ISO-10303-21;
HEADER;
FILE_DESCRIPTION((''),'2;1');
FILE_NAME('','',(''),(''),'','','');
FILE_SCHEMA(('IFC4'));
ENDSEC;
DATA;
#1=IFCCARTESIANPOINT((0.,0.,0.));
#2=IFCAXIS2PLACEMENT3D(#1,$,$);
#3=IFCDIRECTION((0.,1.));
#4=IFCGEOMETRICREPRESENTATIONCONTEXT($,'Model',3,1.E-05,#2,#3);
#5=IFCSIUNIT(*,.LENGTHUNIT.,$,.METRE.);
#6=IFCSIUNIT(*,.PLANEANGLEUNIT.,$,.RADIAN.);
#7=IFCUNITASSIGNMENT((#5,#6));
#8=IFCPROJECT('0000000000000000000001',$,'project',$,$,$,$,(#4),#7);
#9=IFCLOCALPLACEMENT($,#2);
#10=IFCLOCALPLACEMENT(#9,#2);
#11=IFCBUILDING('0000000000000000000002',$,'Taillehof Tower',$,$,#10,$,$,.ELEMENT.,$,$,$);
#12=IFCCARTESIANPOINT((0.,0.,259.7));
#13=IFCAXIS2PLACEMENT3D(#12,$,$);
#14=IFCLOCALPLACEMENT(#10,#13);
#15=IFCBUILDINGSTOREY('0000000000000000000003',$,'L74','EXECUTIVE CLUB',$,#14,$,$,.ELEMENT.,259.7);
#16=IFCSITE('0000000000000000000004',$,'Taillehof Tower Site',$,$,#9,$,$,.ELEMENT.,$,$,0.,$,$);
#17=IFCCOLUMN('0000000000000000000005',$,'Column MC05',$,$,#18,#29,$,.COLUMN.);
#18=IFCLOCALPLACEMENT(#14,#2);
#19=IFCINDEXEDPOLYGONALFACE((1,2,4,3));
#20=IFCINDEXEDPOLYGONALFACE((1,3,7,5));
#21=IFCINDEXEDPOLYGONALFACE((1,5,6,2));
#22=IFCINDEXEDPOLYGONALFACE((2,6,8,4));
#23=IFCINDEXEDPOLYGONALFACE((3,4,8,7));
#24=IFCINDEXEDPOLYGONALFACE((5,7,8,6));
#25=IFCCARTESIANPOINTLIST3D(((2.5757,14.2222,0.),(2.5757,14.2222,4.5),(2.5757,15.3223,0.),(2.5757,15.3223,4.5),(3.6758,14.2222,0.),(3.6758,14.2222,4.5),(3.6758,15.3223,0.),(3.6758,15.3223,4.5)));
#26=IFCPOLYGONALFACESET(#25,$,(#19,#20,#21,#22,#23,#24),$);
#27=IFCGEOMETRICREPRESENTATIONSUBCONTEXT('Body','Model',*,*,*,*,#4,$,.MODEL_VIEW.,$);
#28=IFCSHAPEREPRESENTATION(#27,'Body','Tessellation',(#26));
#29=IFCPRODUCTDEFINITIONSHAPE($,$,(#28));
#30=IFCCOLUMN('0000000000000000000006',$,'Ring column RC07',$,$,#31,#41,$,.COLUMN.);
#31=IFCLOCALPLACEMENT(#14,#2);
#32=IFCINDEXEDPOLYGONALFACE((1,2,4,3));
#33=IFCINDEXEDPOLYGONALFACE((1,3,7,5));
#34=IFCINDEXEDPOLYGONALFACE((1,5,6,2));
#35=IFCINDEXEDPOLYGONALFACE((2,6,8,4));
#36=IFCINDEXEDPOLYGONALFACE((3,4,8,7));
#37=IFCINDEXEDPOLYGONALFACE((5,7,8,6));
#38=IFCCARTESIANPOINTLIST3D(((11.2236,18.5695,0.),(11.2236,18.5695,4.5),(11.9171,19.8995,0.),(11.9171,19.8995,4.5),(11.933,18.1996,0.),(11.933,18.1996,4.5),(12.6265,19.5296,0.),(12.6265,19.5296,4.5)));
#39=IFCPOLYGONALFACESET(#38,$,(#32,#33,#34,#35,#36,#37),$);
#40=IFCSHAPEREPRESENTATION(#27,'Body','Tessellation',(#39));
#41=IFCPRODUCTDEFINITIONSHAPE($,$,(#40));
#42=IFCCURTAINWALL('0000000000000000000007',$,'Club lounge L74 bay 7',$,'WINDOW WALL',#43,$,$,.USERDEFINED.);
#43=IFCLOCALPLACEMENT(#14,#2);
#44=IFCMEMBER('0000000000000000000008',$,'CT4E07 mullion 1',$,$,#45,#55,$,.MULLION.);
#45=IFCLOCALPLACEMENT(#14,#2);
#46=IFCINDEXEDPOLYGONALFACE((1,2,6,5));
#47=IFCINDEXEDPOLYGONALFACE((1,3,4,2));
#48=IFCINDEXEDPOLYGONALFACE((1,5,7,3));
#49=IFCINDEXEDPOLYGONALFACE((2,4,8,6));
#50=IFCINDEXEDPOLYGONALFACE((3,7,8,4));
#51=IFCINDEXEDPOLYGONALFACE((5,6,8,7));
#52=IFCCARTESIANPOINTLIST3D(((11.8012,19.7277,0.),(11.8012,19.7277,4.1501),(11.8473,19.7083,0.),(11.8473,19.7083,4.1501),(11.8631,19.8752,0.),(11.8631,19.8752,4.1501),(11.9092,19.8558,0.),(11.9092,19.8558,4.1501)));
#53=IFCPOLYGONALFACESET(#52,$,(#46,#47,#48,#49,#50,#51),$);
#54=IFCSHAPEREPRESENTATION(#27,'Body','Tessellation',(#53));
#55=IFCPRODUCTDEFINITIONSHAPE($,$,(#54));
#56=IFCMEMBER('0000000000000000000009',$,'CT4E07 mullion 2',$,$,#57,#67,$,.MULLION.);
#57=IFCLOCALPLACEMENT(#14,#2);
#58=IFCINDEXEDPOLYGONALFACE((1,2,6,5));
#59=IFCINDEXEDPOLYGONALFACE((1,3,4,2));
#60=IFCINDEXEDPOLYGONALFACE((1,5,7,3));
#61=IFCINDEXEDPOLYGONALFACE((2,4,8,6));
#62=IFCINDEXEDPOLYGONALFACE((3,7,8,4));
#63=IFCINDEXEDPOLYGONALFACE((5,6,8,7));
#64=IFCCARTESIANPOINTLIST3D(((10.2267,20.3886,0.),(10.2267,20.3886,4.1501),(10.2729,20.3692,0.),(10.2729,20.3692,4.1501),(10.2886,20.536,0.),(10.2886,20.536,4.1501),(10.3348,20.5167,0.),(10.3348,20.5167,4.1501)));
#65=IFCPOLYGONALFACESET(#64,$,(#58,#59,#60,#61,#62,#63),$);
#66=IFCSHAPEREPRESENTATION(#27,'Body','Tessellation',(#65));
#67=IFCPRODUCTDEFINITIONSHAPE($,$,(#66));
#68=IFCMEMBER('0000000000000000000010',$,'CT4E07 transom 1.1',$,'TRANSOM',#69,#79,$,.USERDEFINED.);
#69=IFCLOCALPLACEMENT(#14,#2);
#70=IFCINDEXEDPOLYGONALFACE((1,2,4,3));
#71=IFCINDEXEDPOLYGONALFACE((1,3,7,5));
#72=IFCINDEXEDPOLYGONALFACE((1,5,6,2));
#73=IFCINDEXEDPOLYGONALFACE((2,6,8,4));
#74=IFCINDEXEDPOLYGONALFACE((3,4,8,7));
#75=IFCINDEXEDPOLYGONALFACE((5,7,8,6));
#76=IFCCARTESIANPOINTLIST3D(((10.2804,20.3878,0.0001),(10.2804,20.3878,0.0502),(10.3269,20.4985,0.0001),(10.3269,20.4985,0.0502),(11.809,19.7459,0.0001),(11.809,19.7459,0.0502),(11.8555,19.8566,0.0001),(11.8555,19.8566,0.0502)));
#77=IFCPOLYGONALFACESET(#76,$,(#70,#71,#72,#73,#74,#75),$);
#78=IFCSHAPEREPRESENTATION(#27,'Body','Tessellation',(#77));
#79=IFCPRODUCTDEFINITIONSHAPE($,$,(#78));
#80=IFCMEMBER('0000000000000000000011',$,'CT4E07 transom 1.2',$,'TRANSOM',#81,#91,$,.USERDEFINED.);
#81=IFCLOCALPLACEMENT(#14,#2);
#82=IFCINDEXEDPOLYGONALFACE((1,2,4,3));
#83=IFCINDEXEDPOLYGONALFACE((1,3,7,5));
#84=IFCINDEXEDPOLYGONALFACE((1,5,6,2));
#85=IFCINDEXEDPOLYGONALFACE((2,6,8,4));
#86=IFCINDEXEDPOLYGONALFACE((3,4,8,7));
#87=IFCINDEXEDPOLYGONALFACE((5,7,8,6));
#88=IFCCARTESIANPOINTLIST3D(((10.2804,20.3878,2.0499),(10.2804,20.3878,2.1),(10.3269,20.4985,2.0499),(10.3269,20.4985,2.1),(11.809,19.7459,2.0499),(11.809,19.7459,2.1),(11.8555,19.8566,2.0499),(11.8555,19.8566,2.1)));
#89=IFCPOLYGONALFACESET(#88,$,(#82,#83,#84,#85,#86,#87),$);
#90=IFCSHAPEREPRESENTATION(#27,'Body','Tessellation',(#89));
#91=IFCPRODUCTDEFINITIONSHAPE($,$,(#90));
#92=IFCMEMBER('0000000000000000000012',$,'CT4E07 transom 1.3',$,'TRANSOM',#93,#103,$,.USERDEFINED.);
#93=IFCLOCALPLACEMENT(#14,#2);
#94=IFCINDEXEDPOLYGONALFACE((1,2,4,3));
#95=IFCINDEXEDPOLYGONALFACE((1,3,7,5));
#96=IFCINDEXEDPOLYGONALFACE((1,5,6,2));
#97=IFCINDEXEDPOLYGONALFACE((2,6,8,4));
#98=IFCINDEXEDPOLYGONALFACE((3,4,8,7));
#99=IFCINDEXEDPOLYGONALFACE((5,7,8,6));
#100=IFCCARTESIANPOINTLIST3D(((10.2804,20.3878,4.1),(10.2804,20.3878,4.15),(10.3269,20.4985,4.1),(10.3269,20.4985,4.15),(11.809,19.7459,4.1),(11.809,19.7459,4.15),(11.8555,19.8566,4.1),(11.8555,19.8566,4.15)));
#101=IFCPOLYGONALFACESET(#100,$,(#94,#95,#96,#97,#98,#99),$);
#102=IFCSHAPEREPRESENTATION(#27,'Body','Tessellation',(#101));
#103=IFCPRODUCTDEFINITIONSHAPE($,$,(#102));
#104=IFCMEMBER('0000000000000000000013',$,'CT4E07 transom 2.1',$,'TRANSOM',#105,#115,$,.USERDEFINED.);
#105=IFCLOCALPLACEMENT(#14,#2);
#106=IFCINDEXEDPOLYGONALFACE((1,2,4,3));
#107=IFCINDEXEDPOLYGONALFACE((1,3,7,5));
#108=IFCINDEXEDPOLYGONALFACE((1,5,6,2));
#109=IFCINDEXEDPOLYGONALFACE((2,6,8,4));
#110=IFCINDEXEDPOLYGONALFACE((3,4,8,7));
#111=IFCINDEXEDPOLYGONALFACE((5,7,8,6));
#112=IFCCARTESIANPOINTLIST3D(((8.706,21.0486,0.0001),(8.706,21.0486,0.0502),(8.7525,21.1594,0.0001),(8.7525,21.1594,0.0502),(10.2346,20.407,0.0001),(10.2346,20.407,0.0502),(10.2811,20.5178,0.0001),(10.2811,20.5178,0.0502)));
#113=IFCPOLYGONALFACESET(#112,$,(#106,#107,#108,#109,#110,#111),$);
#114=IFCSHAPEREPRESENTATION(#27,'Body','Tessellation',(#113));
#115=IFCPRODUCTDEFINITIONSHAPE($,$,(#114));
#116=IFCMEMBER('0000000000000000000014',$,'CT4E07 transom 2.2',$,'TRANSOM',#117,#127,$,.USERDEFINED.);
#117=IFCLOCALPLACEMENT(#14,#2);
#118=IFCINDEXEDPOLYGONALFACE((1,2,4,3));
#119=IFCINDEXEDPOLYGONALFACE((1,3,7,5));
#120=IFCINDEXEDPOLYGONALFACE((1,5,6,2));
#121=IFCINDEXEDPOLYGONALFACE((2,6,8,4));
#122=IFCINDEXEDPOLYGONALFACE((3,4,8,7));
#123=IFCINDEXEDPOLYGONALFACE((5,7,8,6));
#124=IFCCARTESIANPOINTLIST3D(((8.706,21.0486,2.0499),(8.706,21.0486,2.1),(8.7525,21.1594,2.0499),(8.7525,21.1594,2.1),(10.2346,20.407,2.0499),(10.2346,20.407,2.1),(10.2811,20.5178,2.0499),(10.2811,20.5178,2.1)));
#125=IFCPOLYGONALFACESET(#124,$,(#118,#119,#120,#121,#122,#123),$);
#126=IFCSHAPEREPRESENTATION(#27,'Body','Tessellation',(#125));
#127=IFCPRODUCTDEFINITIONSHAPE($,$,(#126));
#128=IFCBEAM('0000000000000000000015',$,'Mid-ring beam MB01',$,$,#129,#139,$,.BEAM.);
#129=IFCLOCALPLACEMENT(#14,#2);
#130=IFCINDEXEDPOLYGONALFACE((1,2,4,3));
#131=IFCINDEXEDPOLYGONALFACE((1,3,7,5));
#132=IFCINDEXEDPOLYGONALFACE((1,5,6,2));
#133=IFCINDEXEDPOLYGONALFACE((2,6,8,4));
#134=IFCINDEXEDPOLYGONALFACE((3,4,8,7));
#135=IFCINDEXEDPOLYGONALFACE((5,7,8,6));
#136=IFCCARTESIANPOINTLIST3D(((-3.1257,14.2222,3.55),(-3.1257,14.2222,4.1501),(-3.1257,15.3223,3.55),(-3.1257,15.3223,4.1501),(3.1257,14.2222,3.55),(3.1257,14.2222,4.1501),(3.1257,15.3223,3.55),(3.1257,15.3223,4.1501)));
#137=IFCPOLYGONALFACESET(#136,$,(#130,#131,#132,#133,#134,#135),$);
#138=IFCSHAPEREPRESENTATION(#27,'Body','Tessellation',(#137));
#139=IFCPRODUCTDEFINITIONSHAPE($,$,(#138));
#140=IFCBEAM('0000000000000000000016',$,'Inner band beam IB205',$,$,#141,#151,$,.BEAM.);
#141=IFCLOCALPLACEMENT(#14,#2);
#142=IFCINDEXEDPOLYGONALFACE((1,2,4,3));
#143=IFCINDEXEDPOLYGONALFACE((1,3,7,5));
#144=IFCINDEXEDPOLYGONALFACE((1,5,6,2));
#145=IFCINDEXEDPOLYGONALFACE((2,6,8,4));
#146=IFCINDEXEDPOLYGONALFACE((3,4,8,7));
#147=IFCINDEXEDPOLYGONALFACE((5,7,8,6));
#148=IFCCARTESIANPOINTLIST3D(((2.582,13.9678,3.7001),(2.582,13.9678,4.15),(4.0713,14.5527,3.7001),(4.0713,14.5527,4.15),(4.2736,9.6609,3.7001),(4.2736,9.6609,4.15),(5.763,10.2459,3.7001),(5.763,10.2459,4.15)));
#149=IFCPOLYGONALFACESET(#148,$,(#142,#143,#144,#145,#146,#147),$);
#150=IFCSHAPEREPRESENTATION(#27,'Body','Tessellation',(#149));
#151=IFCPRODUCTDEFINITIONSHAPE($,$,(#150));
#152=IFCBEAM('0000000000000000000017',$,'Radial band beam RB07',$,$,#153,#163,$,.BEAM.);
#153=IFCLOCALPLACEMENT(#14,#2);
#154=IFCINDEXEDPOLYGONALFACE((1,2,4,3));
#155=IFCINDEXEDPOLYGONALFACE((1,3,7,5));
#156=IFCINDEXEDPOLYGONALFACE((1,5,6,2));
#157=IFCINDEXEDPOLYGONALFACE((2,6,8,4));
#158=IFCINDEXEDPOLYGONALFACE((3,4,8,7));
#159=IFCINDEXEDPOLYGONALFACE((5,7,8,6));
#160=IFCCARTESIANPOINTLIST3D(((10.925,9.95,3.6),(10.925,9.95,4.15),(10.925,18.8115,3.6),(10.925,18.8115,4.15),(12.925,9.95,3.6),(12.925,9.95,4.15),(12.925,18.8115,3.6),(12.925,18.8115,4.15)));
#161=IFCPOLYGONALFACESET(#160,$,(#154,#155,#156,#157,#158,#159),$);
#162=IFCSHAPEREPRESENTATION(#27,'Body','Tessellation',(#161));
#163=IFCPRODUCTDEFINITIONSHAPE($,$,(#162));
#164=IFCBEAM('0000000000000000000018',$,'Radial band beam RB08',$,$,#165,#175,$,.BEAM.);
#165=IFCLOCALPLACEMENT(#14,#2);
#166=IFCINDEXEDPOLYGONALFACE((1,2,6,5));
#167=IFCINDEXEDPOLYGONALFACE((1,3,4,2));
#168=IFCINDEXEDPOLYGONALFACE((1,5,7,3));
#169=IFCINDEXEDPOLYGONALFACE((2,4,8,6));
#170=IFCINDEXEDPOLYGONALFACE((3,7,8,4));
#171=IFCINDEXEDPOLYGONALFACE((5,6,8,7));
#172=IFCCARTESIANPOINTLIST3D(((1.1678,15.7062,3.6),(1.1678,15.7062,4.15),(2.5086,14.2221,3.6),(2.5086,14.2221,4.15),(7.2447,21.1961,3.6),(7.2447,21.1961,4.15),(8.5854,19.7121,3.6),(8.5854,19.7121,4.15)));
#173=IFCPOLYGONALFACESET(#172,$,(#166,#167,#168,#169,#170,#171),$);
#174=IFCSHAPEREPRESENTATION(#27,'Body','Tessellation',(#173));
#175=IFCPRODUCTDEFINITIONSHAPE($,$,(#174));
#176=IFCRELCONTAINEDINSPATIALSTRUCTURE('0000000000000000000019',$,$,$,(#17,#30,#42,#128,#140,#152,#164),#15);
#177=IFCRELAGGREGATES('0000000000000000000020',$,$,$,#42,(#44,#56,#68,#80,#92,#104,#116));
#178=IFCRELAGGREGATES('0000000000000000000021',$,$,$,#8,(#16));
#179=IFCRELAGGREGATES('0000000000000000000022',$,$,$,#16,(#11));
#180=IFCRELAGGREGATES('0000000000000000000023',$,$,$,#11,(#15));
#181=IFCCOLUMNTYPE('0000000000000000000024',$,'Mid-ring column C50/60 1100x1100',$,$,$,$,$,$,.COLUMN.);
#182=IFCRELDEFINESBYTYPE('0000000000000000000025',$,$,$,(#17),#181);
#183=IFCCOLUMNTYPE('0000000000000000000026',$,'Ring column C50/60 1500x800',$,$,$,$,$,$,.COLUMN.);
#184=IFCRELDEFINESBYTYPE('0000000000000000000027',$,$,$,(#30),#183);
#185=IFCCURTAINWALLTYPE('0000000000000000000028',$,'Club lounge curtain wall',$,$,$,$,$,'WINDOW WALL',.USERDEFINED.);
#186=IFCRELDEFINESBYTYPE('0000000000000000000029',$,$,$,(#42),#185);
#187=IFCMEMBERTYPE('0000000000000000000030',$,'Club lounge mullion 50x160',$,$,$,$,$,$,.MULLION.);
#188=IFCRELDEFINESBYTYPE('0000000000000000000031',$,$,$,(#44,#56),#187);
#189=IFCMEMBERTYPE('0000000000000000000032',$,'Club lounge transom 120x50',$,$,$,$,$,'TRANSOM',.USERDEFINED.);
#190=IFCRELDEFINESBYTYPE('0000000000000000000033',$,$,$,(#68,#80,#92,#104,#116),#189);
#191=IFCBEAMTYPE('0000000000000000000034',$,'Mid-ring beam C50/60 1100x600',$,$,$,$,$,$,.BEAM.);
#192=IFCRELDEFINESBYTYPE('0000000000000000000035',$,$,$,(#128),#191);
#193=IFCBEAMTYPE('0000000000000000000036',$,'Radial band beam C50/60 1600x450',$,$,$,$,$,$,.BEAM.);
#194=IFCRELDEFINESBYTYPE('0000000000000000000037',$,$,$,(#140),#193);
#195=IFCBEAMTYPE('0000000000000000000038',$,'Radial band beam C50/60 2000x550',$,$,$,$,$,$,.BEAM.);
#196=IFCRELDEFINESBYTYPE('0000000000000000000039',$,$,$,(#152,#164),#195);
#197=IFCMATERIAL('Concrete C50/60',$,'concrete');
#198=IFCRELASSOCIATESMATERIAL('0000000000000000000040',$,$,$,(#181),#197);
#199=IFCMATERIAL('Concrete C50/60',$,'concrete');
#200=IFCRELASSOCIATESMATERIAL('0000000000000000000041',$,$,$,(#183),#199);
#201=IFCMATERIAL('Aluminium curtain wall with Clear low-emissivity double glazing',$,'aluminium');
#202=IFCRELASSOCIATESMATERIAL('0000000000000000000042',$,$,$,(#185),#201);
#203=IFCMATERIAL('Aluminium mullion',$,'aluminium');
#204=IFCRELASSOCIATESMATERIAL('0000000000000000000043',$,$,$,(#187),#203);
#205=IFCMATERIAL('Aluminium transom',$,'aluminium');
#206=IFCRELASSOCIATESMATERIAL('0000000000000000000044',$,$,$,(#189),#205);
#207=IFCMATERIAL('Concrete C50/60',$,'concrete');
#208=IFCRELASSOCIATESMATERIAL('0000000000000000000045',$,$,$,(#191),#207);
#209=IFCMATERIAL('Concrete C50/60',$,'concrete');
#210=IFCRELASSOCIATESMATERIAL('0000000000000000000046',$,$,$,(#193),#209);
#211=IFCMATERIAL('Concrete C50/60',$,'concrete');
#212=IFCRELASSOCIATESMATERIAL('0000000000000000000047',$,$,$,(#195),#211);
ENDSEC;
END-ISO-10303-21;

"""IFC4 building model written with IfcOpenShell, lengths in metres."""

from ifc_helpers import new_model, si_unit, direction, frame, origin, origin_2d, place, context, subcontext, project, spatial, rectangle, extrude, material, material_profile, profile_set, type_object, element, aggregate, save


model = new_model("IFC4")

# Units and contexts
model_context = context("Model", 3, precision=1e-05, world=origin(), true_north=direction((0.0, 1.0)))
body_context = subcontext(model_context, "Body", "Model", "MODEL_VIEW")
ifc_project = project(units=[si_unit("LENGTHUNIT", "METRE"), si_unit("PLANEANGLEUNIT", "RADIAN")], contexts=[model_context])

# Site, building, storey
site_placement = place(None, origin())
site = spatial("IfcSite", under=ifc_project, at=site_placement, Name="Taillehof Tower Site", CompositionType="ELEMENT", RefElevation=0.0)
building_placement = place(site_placement, origin())
building = spatial("IfcBuilding", under=site, at=building_placement, Name="Taillehof Tower", CompositionType="ELEMENT")
storey_placement = place(building_placement, frame((0.0, 0.0, 259.7)))
storey = spatial("IfcBuildingStorey", under=building, at=storey_placement, Name="L74", Description="EXECUTIVE CLUB", CompositionType="ELEMENT", Elevation=259.7)

# Columns
ifc_material_1 = material(Name="Concrete C50/60", Category="concrete")
ifc_material_profile_1 = material_profile(ifc_material_1, rectangle(XDim=1.1001, YDim=1.1001, at=origin_2d()), Name="RC 1100x1100")
ifc_profile_set_1 = profile_set([ifc_material_profile_1], Name="Concrete C50/60")
column_type_1 = type_object("IfcColumnType", Name="Mid-ring column C50/60 1100x1100", PredefinedType="COLUMN", material=ifc_profile_set_1)
column_1_placement = place(storey_placement, frame((3.1257, 14.7722, 0.0), z_axis=(0.0, 0.0, 1.0), x_axis=(1.0, 0.0, 0.0)))
element("IfcColumn", 1, at=column_1_placement, inside=storey, type_object=column_type_1, Name="Column MC05", PredefinedType="COLUMN", context=body_context, shape_type="SweptSolid", body=[
    extrude(rectangle(XDim=1.1001, YDim=1.1001, at=origin_2d()), origin(), (0.0, 0.0, 1.0), 4.5),
])
ifc_material_2 = material(Name="Concrete C50/60", Category="concrete")
ifc_material_profile_2 = material_profile(ifc_material_2, rectangle(XDim=1.5, YDim=0.8, at=origin_2d()), Name="RC 1500x800")
ifc_profile_set_2 = profile_set([ifc_material_profile_2], Name="Concrete C50/60")
column_type_2 = type_object("IfcColumnType", Name="Ring column C50/60 1500x800", PredefinedType="COLUMN", material=ifc_profile_set_2)
column_2_placement = place(storey_placement, frame((11.925, 19.0496, 0.0), z_axis=(0.0, 0.0, 1.0), x_axis=(0.462384, 0.88668, 0.0)))
element("IfcColumn", 2, at=column_2_placement, inside=storey, type_object=column_type_2, Name="Ring column RC07", PredefinedType="COLUMN", context=body_context, shape_type="SweptSolid", body=[
    extrude(rectangle(XDim=1.5, YDim=0.8, at=origin_2d()), origin(), (0.0, 0.0, 1.0), 4.5),
])

# Curtain wall, members
ifc_material_3 = material(Name="Aluminium curtain wall with Clear low-emissivity double glazing", Category="aluminium")
curtain_wall_type = type_object("IfcCurtainWallType", Name="Club lounge curtain wall", ElementType="WINDOW WALL", PredefinedType="USERDEFINED", material=ifc_material_3)
curtain_wall_placement = place(storey_placement, origin())
curtain_wall = element("IfcCurtainWall", 3, at=curtain_wall_placement, inside=storey, type_object=curtain_wall_type, Name="Club lounge L74 bay 7", ObjectType="WINDOW WALL", PredefinedType="USERDEFINED")
ifc_material_4 = material(Name="Aluminium mullion", Category="aluminium")
ifc_material_profile_3 = material_profile(ifc_material_4, rectangle(XDim=0.1599, YDim=0.05, at=origin_2d()), Name="AL 50x160")
ifc_profile_set_3 = profile_set([ifc_material_profile_3], Name="Aluminium mullion")
member_type_1 = type_object("IfcMemberType", Name="Club lounge mullion 50x160", PredefinedType="MULLION", material=ifc_profile_set_3)
member_1_placement = place(storey_placement, frame((11.8552, 19.7917, 0.0), z_axis=(0.0, 0.0, 1.0), x_axis=(-0.387101, -0.922037, 0.0)))
member_1 = element("IfcMember", 4, at=member_1_placement, type_object=member_type_1, Name="CT4E07 mullion 1", PredefinedType="MULLION", context=body_context, shape_type="SweptSolid", body=[
    extrude(rectangle(XDim=0.1599, YDim=0.05, at=origin_2d()), origin(), (0.0, 0.0, 1.0), 4.1501),
])
member_2_placement = place(storey_placement, frame((10.2808, 20.4526, 0.0), z_axis=(0.0, 0.0, 1.0), x_axis=(-0.387101, -0.922037, 0.0)))
member_2 = element("IfcMember", 5, at=member_2_placement, type_object=member_type_1, Name="CT4E07 mullion 2", PredefinedType="MULLION", context=body_context, shape_type="SweptSolid", body=[
    extrude(rectangle(XDim=0.1599, YDim=0.05, at=origin_2d()), origin(), (0.0, 0.0, 1.0), 4.1501),
])
ifc_material_5 = material(Name="Aluminium transom", Category="aluminium")
ifc_material_profile_4 = material_profile(ifc_material_5, rectangle(XDim=0.1201, YDim=0.05, at=origin_2d()), Name="AL 120x50")
ifc_profile_set_4 = profile_set([ifc_material_profile_4], Name="Aluminium transom")
member_type_2 = type_object("IfcMemberType", Name="Club lounge transom 120x50", ElementType="TRANSOM", PredefinedType="USERDEFINED", material=ifc_profile_set_4)
member_3_placement = place(storey_placement, frame((11.8323, 19.8013, 0.0251), z_axis=(-0.922015, 0.387155, 0.0), x_axis=(-0.387155, -0.922015, 0.0)))
member_3 = element("IfcMember", 6, at=member_3_placement, type_object=member_type_2, Name="CT4E07 transom 1.1", ObjectType="TRANSOM", PredefinedType="USERDEFINED", context=body_context, shape_type="SweptSolid", body=[
    extrude(rectangle(XDim=0.1201, YDim=0.05, at=origin_2d()), origin(), (0.0, 0.0, 1.0), 1.658),
])
member_4_placement = place(storey_placement, frame((11.8323, 19.8013, 2.075), z_axis=(-0.922015, 0.387155, 0.0), x_axis=(-0.387155, -0.922015, 0.0)))
member_4 = element("IfcMember", 7, at=member_4_placement, type_object=member_type_2, Name="CT4E07 transom 1.2", ObjectType="TRANSOM", PredefinedType="USERDEFINED", context=body_context, shape_type="SweptSolid", body=[
    extrude(rectangle(XDim=0.1201, YDim=0.05, at=origin_2d()), origin(), (0.0, 0.0, 1.0), 1.658),
])
member_5_placement = place(storey_placement, frame((11.8323, 19.8013, 4.125), z_axis=(-0.922015, 0.387155, 0.0), x_axis=(-0.387155, -0.922015, 0.0)))
member_5 = element("IfcMember", 8, at=member_5_placement, type_object=member_type_2, Name="CT4E07 transom 1.3", ObjectType="TRANSOM", PredefinedType="USERDEFINED", context=body_context, shape_type="SweptSolid", body=[
    extrude(rectangle(XDim=0.1201, YDim=0.05, at=origin_2d()), origin(), (0.0, 0.0, 1.0), 1.658),
])
member_6_placement = place(storey_placement, frame((10.2578, 20.4624, 0.0251), z_axis=(-0.922067, 0.38703, 0.0), x_axis=(-0.38703, -0.922067, 0.0)))
member_6 = element("IfcMember", 9, at=member_6_placement, type_object=member_type_2, Name="CT4E07 transom 2.1", ObjectType="TRANSOM", PredefinedType="USERDEFINED", context=body_context, shape_type="SweptSolid", body=[
    extrude(rectangle(XDim=0.1201, YDim=0.05, at=origin_2d()), origin(), (0.0, 0.0, 1.0), 1.6577),
])
member_7_placement = place(storey_placement, frame((10.2578, 20.4624, 2.075), z_axis=(-0.922067, 0.38703, 0.0), x_axis=(-0.38703, -0.922067, 0.0)))
member_7 = element("IfcMember", 10, at=member_7_placement, type_object=member_type_2, Name="CT4E07 transom 2.2", ObjectType="TRANSOM", PredefinedType="USERDEFINED", context=body_context, shape_type="SweptSolid", body=[
    extrude(rectangle(XDim=0.1201, YDim=0.05, at=origin_2d()), origin(), (0.0, 0.0, 1.0), 1.6577),
])

# Beams
ifc_material_6 = material(Name="Concrete C50/60", Category="concrete")
ifc_material_profile_5 = material_profile(ifc_material_6, rectangle(XDim=1.1001, YDim=0.6001, at=origin_2d()), Name="RC 1100x600")
ifc_profile_set_5 = profile_set([ifc_material_profile_5], Name="Concrete C50/60")
beam_type_1 = type_object("IfcBeamType", Name="Mid-ring beam C50/60 1100x600", PredefinedType="BEAM", material=ifc_profile_set_5)
beam_1_placement = place(storey_placement, frame((3.1257, 14.7722, 3.8501), z_axis=(-1.0, 0.0, 0.0), x_axis=(0.0, -1.0, 0.0)))
element("IfcBeam", 11, at=beam_1_placement, inside=storey, type_object=beam_type_1, Name="Mid-ring beam MB01", PredefinedType="BEAM", context=body_context, shape_type="SweptSolid", body=[
    extrude(rectangle(XDim=1.1001, YDim=0.6001, at=origin_2d()), origin(), (0.0, 0.0, 1.0), 6.2515),
])
ifc_material_7 = material(Name="Concrete C50/60", Category="concrete")
ifc_material_profile_6 = material_profile(ifc_material_7, rectangle(XDim=1.6001, YDim=0.45, at=origin_2d()), Name="RC 1600x450")
ifc_profile_set_6 = profile_set([ifc_material_profile_6], Name="Concrete C50/60")
beam_type_2 = type_object("IfcBeamType", Name="Radial band beam C50/60 1600x450", PredefinedType="BEAM", material=ifc_profile_set_6)
beam_2_placement = place(storey_placement, frame((3.3267, 14.2603, 3.925), z_axis=(0.365589, -0.930777, 0.0), x_axis=(0.930777, 0.365589, 0.0)))
element("IfcBeam", 12, at=beam_2_placement, inside=storey, type_object=beam_type_2, Name="Inner band beam IB205", PredefinedType="BEAM", context=body_context, shape_type="SweptSolid", body=[
    extrude(rectangle(XDim=1.6001, YDim=0.45, at=origin_2d()), origin(), (0.0, 0.0, 1.0), 4.6272),
])
ifc_material_8 = material(Name="Concrete C50/60", Category="concrete")
ifc_material_profile_7 = material_profile(ifc_material_8, rectangle(XDim=2.0, YDim=0.55, at=origin_2d()), Name="RC 2000x550")
ifc_profile_set_7 = profile_set([ifc_material_profile_7], Name="Concrete C50/60")
beam_type_3 = type_object("IfcBeamType", Name="Radial band beam C50/60 2000x550", PredefinedType="BEAM", material=ifc_profile_set_7)
beam_3_placement = place(storey_placement, frame((11.925, 18.8115, 3.875), z_axis=(0.0, -1.0, 0.0), x_axis=(1.0, 0.0, 0.0)))
element("IfcBeam", 13, at=beam_3_placement, inside=storey, type_object=beam_type_3, Name="Radial band beam RB07", PredefinedType="BEAM", context=body_context, shape_type="SweptSolid", body=[
    extrude(rectangle(XDim=2.0, YDim=0.55, at=origin_2d()), origin(), (0.0, 0.0, 1.0), 8.8616),
])
beam_4_placement = place(storey_placement, frame((7.915, 20.4541, 3.875), z_axis=(-0.742031, -0.670365, 0.0), x_axis=(0.670365, -0.742031, 0.0)))
element("IfcBeam", 14, at=beam_4_placement, inside=storey, type_object=beam_type_3, Name="Radial band beam RB08", PredefinedType="BEAM", context=body_context, shape_type="SweptSolid", body=[
    extrude(rectangle(XDim=2.0, YDim=0.55, at=origin_2d()), origin(), (0.0, 0.0, 1.0), 8.1895),
])

aggregate(curtain_wall, [member_1, member_2, member_3, member_4, member_5, member_6, member_7])

save(model, "model.ifc")
